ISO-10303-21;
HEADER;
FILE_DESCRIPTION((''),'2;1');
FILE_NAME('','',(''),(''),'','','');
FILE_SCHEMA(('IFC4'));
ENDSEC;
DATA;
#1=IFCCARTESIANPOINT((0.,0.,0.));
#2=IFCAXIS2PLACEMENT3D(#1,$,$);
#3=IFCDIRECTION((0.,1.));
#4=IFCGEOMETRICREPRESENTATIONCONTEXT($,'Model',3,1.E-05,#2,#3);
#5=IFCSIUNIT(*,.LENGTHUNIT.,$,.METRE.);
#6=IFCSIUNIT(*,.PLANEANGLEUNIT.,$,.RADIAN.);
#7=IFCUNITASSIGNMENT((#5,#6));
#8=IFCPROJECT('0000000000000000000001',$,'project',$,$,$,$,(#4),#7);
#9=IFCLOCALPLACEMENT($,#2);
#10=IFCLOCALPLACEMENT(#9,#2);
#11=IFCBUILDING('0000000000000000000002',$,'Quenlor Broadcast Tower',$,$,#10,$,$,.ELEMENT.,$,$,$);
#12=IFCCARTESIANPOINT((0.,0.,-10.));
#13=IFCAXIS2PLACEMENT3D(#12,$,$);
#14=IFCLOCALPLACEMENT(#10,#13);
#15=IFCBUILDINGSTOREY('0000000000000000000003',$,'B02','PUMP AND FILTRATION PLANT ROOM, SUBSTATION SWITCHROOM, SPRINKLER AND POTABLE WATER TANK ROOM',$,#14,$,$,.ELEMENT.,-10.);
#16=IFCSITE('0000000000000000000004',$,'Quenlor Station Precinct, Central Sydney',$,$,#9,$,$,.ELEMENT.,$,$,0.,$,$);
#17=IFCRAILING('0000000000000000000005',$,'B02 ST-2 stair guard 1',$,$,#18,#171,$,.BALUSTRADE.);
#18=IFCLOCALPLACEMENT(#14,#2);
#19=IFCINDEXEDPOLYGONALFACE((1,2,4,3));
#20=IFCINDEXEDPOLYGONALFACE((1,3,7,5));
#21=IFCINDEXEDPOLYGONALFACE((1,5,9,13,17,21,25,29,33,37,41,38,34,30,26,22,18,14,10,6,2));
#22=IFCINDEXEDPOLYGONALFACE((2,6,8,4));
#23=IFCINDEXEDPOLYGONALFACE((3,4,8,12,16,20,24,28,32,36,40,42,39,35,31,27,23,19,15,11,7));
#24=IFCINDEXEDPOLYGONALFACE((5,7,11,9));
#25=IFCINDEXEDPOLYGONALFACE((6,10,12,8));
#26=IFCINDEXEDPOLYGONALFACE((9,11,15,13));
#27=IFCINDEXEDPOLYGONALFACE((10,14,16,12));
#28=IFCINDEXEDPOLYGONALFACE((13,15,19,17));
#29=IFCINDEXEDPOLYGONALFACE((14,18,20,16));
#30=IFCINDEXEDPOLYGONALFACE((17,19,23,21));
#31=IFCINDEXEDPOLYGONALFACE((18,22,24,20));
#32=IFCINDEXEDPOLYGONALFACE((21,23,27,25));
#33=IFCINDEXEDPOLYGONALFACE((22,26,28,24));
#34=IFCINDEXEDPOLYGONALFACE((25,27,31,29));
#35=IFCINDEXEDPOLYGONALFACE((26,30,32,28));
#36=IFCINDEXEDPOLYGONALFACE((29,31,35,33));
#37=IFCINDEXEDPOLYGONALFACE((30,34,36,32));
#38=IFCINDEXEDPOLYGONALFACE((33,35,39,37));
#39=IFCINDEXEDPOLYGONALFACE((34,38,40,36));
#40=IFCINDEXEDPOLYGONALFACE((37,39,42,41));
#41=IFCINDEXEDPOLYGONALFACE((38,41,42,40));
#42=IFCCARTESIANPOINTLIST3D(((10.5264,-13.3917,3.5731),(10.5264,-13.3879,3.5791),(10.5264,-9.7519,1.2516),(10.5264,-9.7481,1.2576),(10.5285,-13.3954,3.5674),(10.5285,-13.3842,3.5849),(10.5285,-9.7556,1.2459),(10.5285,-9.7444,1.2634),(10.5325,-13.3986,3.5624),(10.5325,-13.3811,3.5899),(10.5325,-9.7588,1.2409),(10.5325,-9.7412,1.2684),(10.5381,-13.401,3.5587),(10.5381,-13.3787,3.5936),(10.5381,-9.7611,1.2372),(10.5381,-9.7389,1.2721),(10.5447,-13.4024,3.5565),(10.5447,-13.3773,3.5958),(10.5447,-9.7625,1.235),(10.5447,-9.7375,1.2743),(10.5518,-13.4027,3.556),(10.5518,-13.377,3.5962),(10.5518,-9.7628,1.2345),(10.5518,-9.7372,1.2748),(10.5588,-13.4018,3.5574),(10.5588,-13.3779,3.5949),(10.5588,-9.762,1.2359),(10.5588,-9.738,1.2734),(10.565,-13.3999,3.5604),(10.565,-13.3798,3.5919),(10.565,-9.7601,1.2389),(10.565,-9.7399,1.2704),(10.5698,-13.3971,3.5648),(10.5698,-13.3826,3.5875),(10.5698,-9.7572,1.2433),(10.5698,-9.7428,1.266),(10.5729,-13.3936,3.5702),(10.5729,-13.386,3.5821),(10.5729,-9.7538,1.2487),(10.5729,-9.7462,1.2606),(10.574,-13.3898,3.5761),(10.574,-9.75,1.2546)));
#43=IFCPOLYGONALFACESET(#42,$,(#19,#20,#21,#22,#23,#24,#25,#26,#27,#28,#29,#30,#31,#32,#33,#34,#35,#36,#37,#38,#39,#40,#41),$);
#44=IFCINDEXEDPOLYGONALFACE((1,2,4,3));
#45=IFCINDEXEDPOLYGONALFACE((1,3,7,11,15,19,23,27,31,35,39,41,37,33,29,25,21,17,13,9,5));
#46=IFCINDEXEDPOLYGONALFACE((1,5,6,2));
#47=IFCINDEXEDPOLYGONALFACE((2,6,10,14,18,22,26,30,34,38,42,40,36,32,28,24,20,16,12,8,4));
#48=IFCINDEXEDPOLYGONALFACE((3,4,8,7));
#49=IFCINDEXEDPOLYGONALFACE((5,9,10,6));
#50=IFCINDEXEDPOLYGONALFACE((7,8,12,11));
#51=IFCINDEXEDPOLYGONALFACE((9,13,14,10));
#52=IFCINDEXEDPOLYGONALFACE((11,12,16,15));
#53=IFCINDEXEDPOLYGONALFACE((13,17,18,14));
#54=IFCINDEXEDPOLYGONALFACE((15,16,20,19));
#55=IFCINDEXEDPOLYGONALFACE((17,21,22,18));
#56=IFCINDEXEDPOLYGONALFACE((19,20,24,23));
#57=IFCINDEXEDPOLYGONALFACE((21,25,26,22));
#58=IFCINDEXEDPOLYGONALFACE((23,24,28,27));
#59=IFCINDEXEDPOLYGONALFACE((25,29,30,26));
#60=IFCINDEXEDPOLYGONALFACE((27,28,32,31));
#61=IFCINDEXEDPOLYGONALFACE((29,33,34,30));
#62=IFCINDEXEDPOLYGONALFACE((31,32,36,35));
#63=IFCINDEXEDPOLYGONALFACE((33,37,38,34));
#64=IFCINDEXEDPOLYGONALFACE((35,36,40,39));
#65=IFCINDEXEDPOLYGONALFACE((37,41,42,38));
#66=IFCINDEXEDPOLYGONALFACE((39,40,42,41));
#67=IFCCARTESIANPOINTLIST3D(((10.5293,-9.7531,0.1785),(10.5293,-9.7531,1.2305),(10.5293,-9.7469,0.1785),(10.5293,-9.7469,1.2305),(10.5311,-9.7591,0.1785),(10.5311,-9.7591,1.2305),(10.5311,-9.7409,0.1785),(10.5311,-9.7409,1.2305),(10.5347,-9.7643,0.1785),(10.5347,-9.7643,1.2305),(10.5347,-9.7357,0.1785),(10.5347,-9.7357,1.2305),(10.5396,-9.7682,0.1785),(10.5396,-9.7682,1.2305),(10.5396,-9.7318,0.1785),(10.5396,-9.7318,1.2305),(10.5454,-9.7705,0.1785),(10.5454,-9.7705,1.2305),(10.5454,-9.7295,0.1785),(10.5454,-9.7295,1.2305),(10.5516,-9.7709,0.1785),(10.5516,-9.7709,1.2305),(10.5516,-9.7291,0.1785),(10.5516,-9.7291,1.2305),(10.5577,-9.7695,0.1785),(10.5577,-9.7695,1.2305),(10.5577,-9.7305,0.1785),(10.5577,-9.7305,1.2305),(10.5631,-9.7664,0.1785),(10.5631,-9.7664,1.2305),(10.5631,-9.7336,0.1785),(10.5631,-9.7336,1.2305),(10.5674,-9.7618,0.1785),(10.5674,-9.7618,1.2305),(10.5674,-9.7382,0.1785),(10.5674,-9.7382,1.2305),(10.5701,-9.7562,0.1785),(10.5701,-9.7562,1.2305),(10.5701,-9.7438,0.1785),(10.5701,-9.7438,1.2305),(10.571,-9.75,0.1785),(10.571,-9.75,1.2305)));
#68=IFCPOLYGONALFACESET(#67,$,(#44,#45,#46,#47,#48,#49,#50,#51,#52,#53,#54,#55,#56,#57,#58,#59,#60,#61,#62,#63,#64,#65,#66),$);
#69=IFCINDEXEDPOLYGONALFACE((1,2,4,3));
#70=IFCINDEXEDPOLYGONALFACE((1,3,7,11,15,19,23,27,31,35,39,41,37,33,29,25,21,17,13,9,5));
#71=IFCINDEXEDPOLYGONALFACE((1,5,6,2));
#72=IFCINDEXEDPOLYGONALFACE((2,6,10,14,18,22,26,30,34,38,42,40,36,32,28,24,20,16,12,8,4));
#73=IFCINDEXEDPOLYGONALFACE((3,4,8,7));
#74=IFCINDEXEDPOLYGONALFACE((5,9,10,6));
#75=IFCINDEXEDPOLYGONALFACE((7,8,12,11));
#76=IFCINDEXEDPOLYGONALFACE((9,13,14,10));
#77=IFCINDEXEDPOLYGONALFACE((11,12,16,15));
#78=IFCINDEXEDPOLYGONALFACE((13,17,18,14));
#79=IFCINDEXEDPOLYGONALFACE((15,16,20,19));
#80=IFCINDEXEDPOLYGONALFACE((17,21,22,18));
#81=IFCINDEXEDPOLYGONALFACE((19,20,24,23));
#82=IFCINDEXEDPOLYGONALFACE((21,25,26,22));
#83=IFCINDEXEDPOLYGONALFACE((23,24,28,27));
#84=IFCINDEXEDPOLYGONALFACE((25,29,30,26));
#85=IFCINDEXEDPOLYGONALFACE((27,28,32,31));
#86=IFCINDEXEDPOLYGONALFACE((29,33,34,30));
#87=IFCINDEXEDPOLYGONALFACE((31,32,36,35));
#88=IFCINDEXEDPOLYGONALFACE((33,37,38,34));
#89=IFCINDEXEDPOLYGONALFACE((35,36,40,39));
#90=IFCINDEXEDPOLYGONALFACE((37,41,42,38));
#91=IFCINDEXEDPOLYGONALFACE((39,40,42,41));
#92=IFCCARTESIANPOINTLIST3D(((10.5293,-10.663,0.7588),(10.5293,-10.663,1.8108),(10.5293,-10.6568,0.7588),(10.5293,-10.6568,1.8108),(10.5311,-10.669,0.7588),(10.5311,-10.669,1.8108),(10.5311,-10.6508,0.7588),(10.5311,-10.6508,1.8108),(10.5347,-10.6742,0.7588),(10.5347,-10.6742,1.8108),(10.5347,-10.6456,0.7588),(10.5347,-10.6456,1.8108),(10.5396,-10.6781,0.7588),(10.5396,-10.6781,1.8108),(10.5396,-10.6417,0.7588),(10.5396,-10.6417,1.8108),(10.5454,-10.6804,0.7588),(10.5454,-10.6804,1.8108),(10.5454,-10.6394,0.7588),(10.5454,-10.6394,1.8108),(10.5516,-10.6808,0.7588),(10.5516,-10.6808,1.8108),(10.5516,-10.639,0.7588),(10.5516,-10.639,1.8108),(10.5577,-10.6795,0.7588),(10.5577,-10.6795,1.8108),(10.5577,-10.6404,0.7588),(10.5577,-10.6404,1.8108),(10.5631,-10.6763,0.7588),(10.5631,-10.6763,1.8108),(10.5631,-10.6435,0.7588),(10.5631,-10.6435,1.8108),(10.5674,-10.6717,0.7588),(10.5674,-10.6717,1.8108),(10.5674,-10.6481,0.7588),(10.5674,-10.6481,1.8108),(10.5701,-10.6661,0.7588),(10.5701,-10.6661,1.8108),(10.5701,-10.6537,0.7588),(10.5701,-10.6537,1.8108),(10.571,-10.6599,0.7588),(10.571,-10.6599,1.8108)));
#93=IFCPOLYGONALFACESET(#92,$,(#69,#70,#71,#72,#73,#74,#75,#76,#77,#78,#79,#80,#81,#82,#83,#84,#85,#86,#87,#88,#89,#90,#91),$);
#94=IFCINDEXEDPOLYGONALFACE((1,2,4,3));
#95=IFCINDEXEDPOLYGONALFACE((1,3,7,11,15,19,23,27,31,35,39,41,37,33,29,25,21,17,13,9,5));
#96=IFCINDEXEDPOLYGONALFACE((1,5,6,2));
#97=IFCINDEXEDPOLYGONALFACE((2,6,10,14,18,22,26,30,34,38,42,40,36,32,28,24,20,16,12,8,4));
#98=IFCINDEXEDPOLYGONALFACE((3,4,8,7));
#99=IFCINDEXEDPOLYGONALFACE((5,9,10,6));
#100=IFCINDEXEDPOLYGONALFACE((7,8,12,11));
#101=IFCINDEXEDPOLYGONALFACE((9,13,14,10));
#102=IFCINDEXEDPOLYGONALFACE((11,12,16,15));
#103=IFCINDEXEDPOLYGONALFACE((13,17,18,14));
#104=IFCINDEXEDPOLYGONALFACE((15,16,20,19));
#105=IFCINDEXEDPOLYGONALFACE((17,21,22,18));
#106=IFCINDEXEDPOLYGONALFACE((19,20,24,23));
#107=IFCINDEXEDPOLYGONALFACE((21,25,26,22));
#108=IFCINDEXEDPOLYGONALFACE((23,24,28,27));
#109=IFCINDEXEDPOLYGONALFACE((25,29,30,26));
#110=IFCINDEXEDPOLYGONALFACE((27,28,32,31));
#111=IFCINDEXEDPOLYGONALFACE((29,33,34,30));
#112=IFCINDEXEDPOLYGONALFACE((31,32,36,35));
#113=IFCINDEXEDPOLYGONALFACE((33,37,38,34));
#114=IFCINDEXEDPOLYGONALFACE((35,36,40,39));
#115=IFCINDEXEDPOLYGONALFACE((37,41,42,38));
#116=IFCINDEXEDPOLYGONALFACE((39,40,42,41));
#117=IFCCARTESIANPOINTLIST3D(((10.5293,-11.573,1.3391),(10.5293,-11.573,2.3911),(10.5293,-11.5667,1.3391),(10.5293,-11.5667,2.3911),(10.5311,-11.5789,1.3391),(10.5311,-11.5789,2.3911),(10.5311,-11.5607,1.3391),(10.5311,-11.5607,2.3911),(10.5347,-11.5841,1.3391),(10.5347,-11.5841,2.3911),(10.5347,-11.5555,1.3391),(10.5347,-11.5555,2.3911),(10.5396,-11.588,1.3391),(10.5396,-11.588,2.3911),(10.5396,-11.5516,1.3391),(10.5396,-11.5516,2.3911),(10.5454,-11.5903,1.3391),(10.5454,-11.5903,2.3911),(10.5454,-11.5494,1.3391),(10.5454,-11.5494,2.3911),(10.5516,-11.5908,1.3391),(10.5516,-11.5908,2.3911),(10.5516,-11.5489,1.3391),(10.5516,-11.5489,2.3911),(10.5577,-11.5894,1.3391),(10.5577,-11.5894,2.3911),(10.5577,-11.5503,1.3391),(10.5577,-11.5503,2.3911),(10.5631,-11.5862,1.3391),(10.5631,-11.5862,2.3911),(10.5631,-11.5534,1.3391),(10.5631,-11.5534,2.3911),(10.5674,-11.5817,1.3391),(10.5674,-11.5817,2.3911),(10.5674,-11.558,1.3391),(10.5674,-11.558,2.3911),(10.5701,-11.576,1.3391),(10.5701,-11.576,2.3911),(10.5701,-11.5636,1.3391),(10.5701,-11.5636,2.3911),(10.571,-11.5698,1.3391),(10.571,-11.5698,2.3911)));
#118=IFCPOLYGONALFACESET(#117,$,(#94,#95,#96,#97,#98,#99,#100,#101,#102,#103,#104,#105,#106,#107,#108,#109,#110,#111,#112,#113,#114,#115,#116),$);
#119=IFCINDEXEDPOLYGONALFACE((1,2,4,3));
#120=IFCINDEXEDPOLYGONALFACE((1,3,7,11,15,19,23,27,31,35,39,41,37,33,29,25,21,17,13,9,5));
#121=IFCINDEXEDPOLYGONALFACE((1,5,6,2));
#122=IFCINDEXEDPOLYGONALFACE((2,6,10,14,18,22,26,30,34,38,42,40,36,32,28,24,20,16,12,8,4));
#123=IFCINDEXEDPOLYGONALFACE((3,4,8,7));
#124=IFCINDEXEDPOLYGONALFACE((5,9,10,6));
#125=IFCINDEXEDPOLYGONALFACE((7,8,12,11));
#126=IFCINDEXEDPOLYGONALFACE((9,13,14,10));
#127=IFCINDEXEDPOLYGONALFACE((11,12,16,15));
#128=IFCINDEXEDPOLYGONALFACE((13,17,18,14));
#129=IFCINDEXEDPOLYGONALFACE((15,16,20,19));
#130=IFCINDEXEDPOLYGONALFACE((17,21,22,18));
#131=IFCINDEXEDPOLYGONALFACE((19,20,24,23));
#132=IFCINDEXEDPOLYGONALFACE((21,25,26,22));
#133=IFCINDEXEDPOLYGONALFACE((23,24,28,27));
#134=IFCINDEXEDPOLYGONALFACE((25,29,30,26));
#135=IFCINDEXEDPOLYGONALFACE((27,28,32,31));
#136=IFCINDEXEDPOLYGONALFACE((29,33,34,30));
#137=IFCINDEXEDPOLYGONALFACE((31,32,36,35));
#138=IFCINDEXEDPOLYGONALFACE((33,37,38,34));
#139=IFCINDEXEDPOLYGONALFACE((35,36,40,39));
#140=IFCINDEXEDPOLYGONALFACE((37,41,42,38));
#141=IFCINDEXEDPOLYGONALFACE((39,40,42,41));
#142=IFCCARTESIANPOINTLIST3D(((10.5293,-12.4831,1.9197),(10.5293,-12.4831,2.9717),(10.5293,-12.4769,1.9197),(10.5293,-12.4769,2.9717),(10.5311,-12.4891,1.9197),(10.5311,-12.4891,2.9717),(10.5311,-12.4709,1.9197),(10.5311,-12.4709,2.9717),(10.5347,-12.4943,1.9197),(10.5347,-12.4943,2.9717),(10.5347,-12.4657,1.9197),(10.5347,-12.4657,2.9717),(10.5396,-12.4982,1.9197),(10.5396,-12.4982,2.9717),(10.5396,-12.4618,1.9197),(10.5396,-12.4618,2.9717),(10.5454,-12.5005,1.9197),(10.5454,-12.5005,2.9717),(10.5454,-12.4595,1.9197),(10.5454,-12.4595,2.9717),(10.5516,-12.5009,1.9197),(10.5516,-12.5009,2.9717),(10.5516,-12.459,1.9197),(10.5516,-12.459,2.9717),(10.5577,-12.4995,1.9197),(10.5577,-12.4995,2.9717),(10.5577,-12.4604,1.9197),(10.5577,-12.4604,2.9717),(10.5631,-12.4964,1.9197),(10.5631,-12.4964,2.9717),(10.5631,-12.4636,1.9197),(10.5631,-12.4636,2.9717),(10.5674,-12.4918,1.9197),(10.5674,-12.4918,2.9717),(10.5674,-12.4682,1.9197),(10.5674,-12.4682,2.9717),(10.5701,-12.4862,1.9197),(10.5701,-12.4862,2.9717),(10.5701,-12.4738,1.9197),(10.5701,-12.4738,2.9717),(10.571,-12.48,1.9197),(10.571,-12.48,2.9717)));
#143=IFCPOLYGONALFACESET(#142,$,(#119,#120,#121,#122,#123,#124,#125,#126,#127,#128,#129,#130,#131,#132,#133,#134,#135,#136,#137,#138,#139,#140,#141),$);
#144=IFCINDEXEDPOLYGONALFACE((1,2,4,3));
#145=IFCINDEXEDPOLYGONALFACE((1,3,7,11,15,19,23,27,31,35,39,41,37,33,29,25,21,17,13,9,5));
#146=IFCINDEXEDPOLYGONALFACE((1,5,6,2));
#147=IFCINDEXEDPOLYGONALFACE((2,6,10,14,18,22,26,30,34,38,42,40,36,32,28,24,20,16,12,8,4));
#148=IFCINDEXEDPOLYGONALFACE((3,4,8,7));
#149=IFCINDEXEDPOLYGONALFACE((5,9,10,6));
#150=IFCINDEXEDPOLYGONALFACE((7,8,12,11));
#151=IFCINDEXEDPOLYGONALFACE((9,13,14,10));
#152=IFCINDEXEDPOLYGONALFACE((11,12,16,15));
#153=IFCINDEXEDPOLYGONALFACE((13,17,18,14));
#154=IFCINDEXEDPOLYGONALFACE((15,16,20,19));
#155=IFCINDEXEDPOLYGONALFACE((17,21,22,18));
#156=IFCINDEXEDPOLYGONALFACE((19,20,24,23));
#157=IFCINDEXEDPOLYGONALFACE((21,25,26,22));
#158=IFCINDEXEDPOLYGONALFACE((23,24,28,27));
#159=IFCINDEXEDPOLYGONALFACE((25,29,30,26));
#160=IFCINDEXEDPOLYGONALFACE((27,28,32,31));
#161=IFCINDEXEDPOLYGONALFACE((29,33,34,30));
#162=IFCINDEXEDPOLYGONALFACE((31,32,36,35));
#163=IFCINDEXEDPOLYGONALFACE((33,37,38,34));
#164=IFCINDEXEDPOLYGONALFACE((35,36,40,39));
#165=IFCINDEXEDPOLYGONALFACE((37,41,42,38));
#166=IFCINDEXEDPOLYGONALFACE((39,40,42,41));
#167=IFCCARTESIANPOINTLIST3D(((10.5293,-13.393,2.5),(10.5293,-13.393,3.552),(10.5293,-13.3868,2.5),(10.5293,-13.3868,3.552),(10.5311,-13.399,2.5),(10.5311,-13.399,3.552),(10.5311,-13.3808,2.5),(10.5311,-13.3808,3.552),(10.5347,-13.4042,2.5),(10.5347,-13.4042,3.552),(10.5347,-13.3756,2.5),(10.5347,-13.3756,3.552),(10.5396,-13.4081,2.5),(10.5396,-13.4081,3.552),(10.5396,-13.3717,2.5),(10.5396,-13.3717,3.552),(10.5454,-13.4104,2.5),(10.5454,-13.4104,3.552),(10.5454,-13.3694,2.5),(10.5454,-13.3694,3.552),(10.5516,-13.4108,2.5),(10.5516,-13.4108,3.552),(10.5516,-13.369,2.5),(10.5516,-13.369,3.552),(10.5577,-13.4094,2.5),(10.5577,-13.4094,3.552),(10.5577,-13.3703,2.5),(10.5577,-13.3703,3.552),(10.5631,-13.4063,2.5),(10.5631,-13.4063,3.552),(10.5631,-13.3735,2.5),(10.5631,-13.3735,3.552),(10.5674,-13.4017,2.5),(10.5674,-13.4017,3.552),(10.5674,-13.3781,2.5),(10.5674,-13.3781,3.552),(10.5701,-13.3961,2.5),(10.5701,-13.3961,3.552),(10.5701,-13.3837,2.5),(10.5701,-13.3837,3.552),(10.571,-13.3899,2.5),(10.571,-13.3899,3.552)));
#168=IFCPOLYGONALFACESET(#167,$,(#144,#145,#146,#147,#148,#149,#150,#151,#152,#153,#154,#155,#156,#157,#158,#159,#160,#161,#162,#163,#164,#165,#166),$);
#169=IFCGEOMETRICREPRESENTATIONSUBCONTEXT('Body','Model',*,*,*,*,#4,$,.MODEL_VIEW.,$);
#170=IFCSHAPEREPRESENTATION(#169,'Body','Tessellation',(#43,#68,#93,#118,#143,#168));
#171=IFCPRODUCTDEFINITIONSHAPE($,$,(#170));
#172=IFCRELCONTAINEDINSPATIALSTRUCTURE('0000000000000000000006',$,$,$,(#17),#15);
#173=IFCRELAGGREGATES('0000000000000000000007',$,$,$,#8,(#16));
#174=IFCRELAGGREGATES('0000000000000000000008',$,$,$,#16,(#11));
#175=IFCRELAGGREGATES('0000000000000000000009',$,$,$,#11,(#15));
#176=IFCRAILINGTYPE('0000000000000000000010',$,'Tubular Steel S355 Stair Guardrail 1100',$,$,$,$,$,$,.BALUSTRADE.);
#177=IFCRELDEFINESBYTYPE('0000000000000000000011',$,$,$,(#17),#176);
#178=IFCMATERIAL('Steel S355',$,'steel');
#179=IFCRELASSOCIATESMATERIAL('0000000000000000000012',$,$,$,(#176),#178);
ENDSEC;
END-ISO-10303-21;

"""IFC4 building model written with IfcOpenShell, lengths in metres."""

from ifc_helpers import new_model, si_unit, direction, frame, origin, origin_2d, place, context, subcontext, project, spatial, circle, extrude, material, type_object, element, save


model = new_model("IFC4")

# Units and contexts
model_context = context("Model", 3, precision=1e-05, world=origin(), true_north=direction((0.0, 1.0)))
body_context = subcontext(model_context, "Body", "Model", "MODEL_VIEW")
ifc_project = project(units=[si_unit("LENGTHUNIT", "METRE"), si_unit("PLANEANGLEUNIT", "RADIAN")], contexts=[model_context])

# Site, building, storey
site_placement = place(None, origin())
site = spatial("IfcSite", under=ifc_project, at=site_placement, Name="Quenlor Station Precinct, Central Sydney", CompositionType="ELEMENT", RefElevation=0.0)
building_placement = place(site_placement, origin())
building = spatial("IfcBuilding", under=site, at=building_placement, Name="Quenlor Broadcast Tower", CompositionType="ELEMENT")
storey_placement = place(building_placement, frame((0.0, 0.0, -10.0)))
storey = spatial("IfcBuildingStorey", under=building, at=storey_placement, Name="B02", Description="PUMP AND FILTRATION PLANT ROOM, SUBSTATION SWITCHROOM, SPRINKLER AND POTABLE WATER TANK ROOM", CompositionType="ELEMENT", Elevation=-10.0)

# Railing
ifc_material_1 = material(Name="Steel S355", Category="steel")
railing_type_1 = type_object("IfcRailingType", Name="Tubular Steel S355 Stair Guardrail 1100", PredefinedType="BALUSTRADE", material=ifc_material_1)
railing_1_placement = place(storey_placement, frame((10.55, -9.75, 0.1785)))
element("IfcRailing", 1, at=railing_1_placement, inside=storey, type_object=railing_type_1, Name="B02 ST-2 stair guard 1", PredefinedType="BALUSTRADE", context=body_context, shape_type="SweptSolid", body=[
    extrude(circle(Radius=0.0239, at=origin_2d()), frame((0.0, 0.0, 1.0762), z_axis=(0.0, -0.843112, 0.537739), x_axis=(1.0, 0.0, 0.0)), (0.0, 0.0, 1.0), 4.3171),
    extrude(circle(Radius=0.021, at=origin_2d()), origin(), (0.0, 0.0, 1.0), 1.052),
    extrude(circle(Radius=0.021, at=origin_2d()), frame((0.0, -0.9099, 0.5803)), (0.0, 0.0, 1.0), 1.052),
    extrude(circle(Radius=0.021, at=origin_2d()), frame((0.0, -1.8198, 1.1606)), (0.0, 0.0, 1.0), 1.052),
    extrude(circle(Radius=0.021, at=origin_2d()), frame((0.0, -2.73, 1.7412)), (0.0, 0.0, 1.0), 1.052),
    extrude(circle(Radius=0.021, at=origin_2d()), frame((0.0, -3.6399, 2.3215)), (0.0, 0.0, 1.0), 1.052),
])

save(model, "model.ifc")
